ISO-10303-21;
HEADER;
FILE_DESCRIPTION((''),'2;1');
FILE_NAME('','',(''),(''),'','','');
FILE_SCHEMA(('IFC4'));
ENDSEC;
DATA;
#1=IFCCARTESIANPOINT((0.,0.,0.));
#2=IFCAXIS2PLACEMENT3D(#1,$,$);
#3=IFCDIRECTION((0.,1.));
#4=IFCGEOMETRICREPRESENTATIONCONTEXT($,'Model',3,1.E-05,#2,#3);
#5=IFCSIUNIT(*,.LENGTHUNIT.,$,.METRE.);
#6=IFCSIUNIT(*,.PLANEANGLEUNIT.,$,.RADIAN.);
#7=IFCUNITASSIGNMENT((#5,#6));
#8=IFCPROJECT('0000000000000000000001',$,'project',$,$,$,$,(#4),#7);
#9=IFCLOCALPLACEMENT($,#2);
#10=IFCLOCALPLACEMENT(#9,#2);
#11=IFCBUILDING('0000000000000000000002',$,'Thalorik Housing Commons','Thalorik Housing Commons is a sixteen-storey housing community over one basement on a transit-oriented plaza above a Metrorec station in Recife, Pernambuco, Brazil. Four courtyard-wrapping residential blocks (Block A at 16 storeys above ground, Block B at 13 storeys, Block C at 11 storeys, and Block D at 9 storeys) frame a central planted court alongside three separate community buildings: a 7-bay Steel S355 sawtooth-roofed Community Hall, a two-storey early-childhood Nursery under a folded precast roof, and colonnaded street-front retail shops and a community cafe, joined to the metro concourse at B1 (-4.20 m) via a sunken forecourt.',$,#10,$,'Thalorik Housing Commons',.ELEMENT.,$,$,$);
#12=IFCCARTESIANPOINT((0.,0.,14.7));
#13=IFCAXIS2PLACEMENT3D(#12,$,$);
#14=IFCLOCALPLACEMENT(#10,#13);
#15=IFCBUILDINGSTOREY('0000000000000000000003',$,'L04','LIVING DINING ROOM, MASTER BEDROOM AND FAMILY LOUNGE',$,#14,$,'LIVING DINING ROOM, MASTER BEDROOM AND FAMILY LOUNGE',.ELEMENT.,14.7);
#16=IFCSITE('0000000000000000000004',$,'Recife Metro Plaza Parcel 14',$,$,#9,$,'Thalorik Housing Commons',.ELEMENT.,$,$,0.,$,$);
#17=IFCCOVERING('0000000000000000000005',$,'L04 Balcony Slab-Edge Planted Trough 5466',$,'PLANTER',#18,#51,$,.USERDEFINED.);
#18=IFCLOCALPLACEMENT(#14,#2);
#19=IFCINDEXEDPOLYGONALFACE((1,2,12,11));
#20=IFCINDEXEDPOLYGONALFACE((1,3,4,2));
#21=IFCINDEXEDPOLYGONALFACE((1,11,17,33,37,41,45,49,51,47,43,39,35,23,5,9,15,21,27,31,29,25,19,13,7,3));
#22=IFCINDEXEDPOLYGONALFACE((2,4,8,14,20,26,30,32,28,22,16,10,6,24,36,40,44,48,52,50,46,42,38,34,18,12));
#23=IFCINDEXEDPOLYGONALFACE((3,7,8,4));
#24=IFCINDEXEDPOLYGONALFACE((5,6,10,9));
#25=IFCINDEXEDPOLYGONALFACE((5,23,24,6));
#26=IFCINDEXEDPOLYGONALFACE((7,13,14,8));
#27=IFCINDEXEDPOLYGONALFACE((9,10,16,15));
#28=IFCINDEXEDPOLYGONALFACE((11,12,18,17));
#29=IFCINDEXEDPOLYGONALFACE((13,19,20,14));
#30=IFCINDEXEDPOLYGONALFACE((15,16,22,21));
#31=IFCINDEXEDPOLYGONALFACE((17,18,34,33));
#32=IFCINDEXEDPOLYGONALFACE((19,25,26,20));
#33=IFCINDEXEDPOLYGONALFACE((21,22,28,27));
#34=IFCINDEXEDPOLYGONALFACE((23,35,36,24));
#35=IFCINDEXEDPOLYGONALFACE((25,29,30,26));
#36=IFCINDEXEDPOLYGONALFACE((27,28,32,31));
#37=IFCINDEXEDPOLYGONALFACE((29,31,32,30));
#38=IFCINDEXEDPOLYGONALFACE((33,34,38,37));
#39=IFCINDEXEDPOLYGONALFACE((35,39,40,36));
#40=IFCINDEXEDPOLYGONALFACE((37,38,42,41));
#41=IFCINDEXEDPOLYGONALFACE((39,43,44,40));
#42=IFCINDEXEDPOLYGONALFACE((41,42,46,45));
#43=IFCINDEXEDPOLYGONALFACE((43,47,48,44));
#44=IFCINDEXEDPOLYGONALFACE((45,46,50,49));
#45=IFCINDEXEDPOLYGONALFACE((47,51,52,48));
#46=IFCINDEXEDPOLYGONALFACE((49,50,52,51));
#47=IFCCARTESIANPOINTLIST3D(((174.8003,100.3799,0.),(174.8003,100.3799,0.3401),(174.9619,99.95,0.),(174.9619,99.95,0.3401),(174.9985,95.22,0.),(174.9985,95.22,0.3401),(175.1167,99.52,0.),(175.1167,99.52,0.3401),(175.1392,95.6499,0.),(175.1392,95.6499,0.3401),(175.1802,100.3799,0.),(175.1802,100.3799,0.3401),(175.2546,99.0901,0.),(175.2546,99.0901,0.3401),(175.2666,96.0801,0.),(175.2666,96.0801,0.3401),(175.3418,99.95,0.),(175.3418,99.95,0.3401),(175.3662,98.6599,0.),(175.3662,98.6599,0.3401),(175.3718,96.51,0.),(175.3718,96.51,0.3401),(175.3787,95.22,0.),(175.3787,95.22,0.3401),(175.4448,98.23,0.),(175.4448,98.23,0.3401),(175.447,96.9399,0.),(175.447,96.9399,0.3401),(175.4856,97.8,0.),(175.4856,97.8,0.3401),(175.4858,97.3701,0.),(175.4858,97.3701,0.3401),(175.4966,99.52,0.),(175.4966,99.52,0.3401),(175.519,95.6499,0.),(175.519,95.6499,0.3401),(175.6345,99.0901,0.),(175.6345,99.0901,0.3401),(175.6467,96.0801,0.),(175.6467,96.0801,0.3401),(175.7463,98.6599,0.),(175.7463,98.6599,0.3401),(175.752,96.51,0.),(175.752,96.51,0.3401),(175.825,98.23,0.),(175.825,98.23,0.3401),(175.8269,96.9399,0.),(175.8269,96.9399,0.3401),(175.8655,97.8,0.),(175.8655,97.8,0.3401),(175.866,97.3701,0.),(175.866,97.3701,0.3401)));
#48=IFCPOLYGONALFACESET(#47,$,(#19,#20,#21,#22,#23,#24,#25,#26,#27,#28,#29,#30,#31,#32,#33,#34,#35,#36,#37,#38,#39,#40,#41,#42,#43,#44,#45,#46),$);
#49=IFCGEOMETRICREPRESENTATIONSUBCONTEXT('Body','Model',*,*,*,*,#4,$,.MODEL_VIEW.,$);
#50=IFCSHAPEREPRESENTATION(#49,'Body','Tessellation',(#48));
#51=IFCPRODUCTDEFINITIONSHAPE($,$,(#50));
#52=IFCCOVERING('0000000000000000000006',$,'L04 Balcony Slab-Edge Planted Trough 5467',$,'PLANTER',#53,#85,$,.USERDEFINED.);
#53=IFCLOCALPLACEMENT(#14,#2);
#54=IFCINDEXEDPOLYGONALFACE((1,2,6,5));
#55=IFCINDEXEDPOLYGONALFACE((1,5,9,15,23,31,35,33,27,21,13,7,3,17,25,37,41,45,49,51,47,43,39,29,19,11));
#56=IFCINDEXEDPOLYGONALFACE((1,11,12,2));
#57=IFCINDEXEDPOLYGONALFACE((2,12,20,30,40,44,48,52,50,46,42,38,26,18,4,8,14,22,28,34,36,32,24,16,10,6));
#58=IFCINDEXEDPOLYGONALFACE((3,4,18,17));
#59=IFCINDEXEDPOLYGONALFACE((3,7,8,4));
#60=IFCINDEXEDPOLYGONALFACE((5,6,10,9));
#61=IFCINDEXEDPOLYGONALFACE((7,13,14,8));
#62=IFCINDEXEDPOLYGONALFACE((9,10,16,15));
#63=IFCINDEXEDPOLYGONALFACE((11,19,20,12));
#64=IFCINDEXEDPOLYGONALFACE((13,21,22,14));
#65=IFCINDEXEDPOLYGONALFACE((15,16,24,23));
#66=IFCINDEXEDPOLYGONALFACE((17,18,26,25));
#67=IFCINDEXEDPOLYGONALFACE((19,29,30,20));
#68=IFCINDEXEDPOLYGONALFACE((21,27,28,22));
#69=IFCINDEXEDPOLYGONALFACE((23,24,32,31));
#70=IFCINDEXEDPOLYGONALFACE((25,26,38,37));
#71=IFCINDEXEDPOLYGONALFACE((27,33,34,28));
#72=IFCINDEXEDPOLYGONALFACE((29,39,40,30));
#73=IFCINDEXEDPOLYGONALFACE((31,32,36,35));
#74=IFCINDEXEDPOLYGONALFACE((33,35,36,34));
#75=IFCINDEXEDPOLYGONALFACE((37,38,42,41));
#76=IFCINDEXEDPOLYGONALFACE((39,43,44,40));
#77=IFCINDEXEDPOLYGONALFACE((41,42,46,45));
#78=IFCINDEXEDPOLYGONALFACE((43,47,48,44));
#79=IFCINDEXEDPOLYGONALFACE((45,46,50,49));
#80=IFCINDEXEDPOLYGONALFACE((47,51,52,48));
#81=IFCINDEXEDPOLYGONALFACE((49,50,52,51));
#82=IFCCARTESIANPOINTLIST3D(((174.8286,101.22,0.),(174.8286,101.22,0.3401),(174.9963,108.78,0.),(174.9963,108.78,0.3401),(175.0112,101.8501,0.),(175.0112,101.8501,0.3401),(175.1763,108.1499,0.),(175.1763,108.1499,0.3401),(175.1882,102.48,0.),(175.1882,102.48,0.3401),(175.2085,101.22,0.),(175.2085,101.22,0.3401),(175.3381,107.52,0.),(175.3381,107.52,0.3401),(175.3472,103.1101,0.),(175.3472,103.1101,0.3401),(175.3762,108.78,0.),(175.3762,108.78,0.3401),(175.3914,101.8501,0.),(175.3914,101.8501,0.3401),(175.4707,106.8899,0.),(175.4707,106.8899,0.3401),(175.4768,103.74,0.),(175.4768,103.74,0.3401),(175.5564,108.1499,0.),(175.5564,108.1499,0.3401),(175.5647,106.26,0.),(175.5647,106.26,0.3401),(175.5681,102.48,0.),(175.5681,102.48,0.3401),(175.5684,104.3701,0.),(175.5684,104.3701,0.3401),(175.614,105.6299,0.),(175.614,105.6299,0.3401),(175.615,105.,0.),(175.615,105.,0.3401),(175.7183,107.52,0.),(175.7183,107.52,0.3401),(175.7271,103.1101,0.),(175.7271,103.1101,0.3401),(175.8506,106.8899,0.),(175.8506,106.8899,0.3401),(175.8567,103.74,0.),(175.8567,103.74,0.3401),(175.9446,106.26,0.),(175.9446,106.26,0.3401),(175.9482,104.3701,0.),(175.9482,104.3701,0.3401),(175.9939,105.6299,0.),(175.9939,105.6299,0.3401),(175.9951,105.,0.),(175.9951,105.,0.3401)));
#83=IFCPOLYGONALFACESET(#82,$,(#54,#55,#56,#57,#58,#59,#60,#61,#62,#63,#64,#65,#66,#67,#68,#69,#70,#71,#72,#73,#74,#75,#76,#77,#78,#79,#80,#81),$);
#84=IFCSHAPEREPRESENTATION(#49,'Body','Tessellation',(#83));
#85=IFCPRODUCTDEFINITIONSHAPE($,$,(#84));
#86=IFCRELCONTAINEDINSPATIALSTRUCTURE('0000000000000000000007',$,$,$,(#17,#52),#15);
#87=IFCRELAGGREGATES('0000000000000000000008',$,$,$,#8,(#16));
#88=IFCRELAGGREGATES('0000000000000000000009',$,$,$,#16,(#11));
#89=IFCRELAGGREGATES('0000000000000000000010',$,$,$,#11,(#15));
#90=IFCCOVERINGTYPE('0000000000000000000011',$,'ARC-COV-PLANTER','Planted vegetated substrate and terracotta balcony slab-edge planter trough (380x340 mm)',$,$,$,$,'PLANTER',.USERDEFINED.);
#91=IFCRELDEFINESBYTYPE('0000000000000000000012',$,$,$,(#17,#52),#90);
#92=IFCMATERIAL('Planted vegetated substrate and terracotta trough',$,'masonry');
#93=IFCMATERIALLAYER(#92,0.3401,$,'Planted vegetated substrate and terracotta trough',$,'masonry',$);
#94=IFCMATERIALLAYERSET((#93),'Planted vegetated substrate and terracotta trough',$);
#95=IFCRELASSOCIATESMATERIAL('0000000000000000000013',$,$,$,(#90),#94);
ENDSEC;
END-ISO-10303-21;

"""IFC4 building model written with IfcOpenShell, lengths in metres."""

from ifc_helpers import new_model, si_unit, direction, frame, origin, place, context, subcontext, project, spatial, polyline, outline, extrude, material, layer, layer_set, type_object, element, save


model = new_model("IFC4")

# Units and contexts
model_context = context("Model", 3, precision=1e-05, world=origin(), true_north=direction((0.0, 1.0)))
body_context = subcontext(model_context, "Body", "Model", "MODEL_VIEW")
ifc_project = project(units=[si_unit("LENGTHUNIT", "METRE"), si_unit("PLANEANGLEUNIT", "RADIAN")], contexts=[model_context])

# Site, building, storey
site_placement = place(None, origin())
site = spatial("IfcSite", under=ifc_project, at=site_placement, Name="Recife Metro Plaza Parcel 14", LongName="Thalorik Housing Commons", CompositionType="ELEMENT", RefElevation=0.0)
building_placement = place(site_placement, origin())
building = spatial("IfcBuilding", under=site, at=building_placement, Name="Thalorik Housing Commons", Description="Thalorik Housing Commons is a sixteen-storey housing community over one basement on a transit-oriented plaza above a Metrorec station in Recife, Pernambuco, Brazil. Four courtyard-wrapping residential blocks (Block A at 16 storeys above ground, Block B at 13 storeys, Block C at 11 storeys, and Block D at 9 storeys) frame a central planted court alongside three separate community buildings: a 7-bay Steel S355 sawtooth-roofed Community Hall, a two-storey early-childhood Nursery under a folded precast roof, and colonnaded street-front retail shops and a community cafe, joined to the metro concourse at B1 (-4.20 m) via a sunken forecourt.", LongName="Thalorik Housing Commons", CompositionType="ELEMENT")
storey_placement = place(building_placement, frame((0.0, 0.0, 14.7)))
storey = spatial("IfcBuildingStorey", under=building, at=storey_placement, Name="L04", Description="LIVING DINING ROOM, MASTER BEDROOM AND FAMILY LOUNGE", LongName="LIVING DINING ROOM, MASTER BEDROOM AND FAMILY LOUNGE", CompositionType="ELEMENT", Elevation=14.7)

# Coverings
ifc_material = material(Name="Planted vegetated substrate and terracotta trough", Category="masonry")
ifc_layer = layer(ifc_material, 0.3401, Name="Planted vegetated substrate and terracotta trough", Category="masonry")
ifc_layer_set = layer_set([ifc_layer], Name="Planted vegetated substrate and terracotta trough")
covering_type = type_object("IfcCoveringType", Name="ARC-COV-PLANTER", Description="Planted vegetated substrate and terracotta balcony slab-edge planter trough (380x340 mm)", ElementType="PLANTER", PredefinedType="USERDEFINED", material=ifc_layer_set)
covering_1_placement = place(storey_placement, origin())
element("IfcCovering", 1, at=covering_1_placement, inside=storey, type_object=covering_type, Name="L04 Balcony Slab-Edge Planted Trough 5466", ObjectType="PLANTER", PredefinedType="USERDEFINED", context=body_context, shape_type="SweptSolid", body=[
    extrude(outline(polyline([(175.3787, 95.22), (175.519, 95.6499), (175.6467, 96.0801), (175.752, 96.51), (175.8269, 96.9399), (175.866, 97.3701), (175.8655, 97.8), (175.825, 98.23), (175.7463, 98.6599), (175.6345, 99.0901), (175.4966, 99.52), (175.3418, 99.95), (175.1802, 100.3799), (174.8003, 100.3799), (174.9619, 99.95), (175.1167, 99.52), (175.2546, 99.0901), (175.3662, 98.6599), (175.4448, 98.23), (175.4856, 97.8), (175.4858, 97.3701), (175.447, 96.9399), (175.3718, 96.51), (175.2666, 96.0801), (175.1392, 95.6499), (174.9985, 95.22), (175.3787, 95.22)])), origin(), (0.0, 0.0, 1.0), 0.3401),
])
covering_2_placement = place(storey_placement, origin())
element("IfcCovering", 2, at=covering_2_placement, inside=storey, type_object=covering_type, Name="L04 Balcony Slab-Edge Planted Trough 5467", ObjectType="PLANTER", PredefinedType="USERDEFINED", context=body_context, shape_type="SweptSolid", body=[
    extrude(outline(polyline([(175.2085, 101.22), (175.3914, 101.8501), (175.5681, 102.48), (175.7271, 103.1101), (175.8567, 103.74), (175.9482, 104.3701), (175.9951, 105.0), (175.9939, 105.6299), (175.9446, 106.26), (175.8506, 106.8899), (175.7183, 107.52), (175.5564, 108.1499), (175.3762, 108.78), (174.9963, 108.78), (175.1763, 108.1499), (175.3381, 107.52), (175.4707, 106.8899), (175.5647, 106.26), (175.614, 105.6299), (175.615, 105.0), (175.5684, 104.3701), (175.4768, 103.74), (175.3472, 103.1101), (175.1882, 102.48), (175.0112, 101.8501), (174.8286, 101.22), (175.2085, 101.22)])), origin(), (0.0, 0.0, 1.0), 0.3401),
])

save(model, "model.ifc")
